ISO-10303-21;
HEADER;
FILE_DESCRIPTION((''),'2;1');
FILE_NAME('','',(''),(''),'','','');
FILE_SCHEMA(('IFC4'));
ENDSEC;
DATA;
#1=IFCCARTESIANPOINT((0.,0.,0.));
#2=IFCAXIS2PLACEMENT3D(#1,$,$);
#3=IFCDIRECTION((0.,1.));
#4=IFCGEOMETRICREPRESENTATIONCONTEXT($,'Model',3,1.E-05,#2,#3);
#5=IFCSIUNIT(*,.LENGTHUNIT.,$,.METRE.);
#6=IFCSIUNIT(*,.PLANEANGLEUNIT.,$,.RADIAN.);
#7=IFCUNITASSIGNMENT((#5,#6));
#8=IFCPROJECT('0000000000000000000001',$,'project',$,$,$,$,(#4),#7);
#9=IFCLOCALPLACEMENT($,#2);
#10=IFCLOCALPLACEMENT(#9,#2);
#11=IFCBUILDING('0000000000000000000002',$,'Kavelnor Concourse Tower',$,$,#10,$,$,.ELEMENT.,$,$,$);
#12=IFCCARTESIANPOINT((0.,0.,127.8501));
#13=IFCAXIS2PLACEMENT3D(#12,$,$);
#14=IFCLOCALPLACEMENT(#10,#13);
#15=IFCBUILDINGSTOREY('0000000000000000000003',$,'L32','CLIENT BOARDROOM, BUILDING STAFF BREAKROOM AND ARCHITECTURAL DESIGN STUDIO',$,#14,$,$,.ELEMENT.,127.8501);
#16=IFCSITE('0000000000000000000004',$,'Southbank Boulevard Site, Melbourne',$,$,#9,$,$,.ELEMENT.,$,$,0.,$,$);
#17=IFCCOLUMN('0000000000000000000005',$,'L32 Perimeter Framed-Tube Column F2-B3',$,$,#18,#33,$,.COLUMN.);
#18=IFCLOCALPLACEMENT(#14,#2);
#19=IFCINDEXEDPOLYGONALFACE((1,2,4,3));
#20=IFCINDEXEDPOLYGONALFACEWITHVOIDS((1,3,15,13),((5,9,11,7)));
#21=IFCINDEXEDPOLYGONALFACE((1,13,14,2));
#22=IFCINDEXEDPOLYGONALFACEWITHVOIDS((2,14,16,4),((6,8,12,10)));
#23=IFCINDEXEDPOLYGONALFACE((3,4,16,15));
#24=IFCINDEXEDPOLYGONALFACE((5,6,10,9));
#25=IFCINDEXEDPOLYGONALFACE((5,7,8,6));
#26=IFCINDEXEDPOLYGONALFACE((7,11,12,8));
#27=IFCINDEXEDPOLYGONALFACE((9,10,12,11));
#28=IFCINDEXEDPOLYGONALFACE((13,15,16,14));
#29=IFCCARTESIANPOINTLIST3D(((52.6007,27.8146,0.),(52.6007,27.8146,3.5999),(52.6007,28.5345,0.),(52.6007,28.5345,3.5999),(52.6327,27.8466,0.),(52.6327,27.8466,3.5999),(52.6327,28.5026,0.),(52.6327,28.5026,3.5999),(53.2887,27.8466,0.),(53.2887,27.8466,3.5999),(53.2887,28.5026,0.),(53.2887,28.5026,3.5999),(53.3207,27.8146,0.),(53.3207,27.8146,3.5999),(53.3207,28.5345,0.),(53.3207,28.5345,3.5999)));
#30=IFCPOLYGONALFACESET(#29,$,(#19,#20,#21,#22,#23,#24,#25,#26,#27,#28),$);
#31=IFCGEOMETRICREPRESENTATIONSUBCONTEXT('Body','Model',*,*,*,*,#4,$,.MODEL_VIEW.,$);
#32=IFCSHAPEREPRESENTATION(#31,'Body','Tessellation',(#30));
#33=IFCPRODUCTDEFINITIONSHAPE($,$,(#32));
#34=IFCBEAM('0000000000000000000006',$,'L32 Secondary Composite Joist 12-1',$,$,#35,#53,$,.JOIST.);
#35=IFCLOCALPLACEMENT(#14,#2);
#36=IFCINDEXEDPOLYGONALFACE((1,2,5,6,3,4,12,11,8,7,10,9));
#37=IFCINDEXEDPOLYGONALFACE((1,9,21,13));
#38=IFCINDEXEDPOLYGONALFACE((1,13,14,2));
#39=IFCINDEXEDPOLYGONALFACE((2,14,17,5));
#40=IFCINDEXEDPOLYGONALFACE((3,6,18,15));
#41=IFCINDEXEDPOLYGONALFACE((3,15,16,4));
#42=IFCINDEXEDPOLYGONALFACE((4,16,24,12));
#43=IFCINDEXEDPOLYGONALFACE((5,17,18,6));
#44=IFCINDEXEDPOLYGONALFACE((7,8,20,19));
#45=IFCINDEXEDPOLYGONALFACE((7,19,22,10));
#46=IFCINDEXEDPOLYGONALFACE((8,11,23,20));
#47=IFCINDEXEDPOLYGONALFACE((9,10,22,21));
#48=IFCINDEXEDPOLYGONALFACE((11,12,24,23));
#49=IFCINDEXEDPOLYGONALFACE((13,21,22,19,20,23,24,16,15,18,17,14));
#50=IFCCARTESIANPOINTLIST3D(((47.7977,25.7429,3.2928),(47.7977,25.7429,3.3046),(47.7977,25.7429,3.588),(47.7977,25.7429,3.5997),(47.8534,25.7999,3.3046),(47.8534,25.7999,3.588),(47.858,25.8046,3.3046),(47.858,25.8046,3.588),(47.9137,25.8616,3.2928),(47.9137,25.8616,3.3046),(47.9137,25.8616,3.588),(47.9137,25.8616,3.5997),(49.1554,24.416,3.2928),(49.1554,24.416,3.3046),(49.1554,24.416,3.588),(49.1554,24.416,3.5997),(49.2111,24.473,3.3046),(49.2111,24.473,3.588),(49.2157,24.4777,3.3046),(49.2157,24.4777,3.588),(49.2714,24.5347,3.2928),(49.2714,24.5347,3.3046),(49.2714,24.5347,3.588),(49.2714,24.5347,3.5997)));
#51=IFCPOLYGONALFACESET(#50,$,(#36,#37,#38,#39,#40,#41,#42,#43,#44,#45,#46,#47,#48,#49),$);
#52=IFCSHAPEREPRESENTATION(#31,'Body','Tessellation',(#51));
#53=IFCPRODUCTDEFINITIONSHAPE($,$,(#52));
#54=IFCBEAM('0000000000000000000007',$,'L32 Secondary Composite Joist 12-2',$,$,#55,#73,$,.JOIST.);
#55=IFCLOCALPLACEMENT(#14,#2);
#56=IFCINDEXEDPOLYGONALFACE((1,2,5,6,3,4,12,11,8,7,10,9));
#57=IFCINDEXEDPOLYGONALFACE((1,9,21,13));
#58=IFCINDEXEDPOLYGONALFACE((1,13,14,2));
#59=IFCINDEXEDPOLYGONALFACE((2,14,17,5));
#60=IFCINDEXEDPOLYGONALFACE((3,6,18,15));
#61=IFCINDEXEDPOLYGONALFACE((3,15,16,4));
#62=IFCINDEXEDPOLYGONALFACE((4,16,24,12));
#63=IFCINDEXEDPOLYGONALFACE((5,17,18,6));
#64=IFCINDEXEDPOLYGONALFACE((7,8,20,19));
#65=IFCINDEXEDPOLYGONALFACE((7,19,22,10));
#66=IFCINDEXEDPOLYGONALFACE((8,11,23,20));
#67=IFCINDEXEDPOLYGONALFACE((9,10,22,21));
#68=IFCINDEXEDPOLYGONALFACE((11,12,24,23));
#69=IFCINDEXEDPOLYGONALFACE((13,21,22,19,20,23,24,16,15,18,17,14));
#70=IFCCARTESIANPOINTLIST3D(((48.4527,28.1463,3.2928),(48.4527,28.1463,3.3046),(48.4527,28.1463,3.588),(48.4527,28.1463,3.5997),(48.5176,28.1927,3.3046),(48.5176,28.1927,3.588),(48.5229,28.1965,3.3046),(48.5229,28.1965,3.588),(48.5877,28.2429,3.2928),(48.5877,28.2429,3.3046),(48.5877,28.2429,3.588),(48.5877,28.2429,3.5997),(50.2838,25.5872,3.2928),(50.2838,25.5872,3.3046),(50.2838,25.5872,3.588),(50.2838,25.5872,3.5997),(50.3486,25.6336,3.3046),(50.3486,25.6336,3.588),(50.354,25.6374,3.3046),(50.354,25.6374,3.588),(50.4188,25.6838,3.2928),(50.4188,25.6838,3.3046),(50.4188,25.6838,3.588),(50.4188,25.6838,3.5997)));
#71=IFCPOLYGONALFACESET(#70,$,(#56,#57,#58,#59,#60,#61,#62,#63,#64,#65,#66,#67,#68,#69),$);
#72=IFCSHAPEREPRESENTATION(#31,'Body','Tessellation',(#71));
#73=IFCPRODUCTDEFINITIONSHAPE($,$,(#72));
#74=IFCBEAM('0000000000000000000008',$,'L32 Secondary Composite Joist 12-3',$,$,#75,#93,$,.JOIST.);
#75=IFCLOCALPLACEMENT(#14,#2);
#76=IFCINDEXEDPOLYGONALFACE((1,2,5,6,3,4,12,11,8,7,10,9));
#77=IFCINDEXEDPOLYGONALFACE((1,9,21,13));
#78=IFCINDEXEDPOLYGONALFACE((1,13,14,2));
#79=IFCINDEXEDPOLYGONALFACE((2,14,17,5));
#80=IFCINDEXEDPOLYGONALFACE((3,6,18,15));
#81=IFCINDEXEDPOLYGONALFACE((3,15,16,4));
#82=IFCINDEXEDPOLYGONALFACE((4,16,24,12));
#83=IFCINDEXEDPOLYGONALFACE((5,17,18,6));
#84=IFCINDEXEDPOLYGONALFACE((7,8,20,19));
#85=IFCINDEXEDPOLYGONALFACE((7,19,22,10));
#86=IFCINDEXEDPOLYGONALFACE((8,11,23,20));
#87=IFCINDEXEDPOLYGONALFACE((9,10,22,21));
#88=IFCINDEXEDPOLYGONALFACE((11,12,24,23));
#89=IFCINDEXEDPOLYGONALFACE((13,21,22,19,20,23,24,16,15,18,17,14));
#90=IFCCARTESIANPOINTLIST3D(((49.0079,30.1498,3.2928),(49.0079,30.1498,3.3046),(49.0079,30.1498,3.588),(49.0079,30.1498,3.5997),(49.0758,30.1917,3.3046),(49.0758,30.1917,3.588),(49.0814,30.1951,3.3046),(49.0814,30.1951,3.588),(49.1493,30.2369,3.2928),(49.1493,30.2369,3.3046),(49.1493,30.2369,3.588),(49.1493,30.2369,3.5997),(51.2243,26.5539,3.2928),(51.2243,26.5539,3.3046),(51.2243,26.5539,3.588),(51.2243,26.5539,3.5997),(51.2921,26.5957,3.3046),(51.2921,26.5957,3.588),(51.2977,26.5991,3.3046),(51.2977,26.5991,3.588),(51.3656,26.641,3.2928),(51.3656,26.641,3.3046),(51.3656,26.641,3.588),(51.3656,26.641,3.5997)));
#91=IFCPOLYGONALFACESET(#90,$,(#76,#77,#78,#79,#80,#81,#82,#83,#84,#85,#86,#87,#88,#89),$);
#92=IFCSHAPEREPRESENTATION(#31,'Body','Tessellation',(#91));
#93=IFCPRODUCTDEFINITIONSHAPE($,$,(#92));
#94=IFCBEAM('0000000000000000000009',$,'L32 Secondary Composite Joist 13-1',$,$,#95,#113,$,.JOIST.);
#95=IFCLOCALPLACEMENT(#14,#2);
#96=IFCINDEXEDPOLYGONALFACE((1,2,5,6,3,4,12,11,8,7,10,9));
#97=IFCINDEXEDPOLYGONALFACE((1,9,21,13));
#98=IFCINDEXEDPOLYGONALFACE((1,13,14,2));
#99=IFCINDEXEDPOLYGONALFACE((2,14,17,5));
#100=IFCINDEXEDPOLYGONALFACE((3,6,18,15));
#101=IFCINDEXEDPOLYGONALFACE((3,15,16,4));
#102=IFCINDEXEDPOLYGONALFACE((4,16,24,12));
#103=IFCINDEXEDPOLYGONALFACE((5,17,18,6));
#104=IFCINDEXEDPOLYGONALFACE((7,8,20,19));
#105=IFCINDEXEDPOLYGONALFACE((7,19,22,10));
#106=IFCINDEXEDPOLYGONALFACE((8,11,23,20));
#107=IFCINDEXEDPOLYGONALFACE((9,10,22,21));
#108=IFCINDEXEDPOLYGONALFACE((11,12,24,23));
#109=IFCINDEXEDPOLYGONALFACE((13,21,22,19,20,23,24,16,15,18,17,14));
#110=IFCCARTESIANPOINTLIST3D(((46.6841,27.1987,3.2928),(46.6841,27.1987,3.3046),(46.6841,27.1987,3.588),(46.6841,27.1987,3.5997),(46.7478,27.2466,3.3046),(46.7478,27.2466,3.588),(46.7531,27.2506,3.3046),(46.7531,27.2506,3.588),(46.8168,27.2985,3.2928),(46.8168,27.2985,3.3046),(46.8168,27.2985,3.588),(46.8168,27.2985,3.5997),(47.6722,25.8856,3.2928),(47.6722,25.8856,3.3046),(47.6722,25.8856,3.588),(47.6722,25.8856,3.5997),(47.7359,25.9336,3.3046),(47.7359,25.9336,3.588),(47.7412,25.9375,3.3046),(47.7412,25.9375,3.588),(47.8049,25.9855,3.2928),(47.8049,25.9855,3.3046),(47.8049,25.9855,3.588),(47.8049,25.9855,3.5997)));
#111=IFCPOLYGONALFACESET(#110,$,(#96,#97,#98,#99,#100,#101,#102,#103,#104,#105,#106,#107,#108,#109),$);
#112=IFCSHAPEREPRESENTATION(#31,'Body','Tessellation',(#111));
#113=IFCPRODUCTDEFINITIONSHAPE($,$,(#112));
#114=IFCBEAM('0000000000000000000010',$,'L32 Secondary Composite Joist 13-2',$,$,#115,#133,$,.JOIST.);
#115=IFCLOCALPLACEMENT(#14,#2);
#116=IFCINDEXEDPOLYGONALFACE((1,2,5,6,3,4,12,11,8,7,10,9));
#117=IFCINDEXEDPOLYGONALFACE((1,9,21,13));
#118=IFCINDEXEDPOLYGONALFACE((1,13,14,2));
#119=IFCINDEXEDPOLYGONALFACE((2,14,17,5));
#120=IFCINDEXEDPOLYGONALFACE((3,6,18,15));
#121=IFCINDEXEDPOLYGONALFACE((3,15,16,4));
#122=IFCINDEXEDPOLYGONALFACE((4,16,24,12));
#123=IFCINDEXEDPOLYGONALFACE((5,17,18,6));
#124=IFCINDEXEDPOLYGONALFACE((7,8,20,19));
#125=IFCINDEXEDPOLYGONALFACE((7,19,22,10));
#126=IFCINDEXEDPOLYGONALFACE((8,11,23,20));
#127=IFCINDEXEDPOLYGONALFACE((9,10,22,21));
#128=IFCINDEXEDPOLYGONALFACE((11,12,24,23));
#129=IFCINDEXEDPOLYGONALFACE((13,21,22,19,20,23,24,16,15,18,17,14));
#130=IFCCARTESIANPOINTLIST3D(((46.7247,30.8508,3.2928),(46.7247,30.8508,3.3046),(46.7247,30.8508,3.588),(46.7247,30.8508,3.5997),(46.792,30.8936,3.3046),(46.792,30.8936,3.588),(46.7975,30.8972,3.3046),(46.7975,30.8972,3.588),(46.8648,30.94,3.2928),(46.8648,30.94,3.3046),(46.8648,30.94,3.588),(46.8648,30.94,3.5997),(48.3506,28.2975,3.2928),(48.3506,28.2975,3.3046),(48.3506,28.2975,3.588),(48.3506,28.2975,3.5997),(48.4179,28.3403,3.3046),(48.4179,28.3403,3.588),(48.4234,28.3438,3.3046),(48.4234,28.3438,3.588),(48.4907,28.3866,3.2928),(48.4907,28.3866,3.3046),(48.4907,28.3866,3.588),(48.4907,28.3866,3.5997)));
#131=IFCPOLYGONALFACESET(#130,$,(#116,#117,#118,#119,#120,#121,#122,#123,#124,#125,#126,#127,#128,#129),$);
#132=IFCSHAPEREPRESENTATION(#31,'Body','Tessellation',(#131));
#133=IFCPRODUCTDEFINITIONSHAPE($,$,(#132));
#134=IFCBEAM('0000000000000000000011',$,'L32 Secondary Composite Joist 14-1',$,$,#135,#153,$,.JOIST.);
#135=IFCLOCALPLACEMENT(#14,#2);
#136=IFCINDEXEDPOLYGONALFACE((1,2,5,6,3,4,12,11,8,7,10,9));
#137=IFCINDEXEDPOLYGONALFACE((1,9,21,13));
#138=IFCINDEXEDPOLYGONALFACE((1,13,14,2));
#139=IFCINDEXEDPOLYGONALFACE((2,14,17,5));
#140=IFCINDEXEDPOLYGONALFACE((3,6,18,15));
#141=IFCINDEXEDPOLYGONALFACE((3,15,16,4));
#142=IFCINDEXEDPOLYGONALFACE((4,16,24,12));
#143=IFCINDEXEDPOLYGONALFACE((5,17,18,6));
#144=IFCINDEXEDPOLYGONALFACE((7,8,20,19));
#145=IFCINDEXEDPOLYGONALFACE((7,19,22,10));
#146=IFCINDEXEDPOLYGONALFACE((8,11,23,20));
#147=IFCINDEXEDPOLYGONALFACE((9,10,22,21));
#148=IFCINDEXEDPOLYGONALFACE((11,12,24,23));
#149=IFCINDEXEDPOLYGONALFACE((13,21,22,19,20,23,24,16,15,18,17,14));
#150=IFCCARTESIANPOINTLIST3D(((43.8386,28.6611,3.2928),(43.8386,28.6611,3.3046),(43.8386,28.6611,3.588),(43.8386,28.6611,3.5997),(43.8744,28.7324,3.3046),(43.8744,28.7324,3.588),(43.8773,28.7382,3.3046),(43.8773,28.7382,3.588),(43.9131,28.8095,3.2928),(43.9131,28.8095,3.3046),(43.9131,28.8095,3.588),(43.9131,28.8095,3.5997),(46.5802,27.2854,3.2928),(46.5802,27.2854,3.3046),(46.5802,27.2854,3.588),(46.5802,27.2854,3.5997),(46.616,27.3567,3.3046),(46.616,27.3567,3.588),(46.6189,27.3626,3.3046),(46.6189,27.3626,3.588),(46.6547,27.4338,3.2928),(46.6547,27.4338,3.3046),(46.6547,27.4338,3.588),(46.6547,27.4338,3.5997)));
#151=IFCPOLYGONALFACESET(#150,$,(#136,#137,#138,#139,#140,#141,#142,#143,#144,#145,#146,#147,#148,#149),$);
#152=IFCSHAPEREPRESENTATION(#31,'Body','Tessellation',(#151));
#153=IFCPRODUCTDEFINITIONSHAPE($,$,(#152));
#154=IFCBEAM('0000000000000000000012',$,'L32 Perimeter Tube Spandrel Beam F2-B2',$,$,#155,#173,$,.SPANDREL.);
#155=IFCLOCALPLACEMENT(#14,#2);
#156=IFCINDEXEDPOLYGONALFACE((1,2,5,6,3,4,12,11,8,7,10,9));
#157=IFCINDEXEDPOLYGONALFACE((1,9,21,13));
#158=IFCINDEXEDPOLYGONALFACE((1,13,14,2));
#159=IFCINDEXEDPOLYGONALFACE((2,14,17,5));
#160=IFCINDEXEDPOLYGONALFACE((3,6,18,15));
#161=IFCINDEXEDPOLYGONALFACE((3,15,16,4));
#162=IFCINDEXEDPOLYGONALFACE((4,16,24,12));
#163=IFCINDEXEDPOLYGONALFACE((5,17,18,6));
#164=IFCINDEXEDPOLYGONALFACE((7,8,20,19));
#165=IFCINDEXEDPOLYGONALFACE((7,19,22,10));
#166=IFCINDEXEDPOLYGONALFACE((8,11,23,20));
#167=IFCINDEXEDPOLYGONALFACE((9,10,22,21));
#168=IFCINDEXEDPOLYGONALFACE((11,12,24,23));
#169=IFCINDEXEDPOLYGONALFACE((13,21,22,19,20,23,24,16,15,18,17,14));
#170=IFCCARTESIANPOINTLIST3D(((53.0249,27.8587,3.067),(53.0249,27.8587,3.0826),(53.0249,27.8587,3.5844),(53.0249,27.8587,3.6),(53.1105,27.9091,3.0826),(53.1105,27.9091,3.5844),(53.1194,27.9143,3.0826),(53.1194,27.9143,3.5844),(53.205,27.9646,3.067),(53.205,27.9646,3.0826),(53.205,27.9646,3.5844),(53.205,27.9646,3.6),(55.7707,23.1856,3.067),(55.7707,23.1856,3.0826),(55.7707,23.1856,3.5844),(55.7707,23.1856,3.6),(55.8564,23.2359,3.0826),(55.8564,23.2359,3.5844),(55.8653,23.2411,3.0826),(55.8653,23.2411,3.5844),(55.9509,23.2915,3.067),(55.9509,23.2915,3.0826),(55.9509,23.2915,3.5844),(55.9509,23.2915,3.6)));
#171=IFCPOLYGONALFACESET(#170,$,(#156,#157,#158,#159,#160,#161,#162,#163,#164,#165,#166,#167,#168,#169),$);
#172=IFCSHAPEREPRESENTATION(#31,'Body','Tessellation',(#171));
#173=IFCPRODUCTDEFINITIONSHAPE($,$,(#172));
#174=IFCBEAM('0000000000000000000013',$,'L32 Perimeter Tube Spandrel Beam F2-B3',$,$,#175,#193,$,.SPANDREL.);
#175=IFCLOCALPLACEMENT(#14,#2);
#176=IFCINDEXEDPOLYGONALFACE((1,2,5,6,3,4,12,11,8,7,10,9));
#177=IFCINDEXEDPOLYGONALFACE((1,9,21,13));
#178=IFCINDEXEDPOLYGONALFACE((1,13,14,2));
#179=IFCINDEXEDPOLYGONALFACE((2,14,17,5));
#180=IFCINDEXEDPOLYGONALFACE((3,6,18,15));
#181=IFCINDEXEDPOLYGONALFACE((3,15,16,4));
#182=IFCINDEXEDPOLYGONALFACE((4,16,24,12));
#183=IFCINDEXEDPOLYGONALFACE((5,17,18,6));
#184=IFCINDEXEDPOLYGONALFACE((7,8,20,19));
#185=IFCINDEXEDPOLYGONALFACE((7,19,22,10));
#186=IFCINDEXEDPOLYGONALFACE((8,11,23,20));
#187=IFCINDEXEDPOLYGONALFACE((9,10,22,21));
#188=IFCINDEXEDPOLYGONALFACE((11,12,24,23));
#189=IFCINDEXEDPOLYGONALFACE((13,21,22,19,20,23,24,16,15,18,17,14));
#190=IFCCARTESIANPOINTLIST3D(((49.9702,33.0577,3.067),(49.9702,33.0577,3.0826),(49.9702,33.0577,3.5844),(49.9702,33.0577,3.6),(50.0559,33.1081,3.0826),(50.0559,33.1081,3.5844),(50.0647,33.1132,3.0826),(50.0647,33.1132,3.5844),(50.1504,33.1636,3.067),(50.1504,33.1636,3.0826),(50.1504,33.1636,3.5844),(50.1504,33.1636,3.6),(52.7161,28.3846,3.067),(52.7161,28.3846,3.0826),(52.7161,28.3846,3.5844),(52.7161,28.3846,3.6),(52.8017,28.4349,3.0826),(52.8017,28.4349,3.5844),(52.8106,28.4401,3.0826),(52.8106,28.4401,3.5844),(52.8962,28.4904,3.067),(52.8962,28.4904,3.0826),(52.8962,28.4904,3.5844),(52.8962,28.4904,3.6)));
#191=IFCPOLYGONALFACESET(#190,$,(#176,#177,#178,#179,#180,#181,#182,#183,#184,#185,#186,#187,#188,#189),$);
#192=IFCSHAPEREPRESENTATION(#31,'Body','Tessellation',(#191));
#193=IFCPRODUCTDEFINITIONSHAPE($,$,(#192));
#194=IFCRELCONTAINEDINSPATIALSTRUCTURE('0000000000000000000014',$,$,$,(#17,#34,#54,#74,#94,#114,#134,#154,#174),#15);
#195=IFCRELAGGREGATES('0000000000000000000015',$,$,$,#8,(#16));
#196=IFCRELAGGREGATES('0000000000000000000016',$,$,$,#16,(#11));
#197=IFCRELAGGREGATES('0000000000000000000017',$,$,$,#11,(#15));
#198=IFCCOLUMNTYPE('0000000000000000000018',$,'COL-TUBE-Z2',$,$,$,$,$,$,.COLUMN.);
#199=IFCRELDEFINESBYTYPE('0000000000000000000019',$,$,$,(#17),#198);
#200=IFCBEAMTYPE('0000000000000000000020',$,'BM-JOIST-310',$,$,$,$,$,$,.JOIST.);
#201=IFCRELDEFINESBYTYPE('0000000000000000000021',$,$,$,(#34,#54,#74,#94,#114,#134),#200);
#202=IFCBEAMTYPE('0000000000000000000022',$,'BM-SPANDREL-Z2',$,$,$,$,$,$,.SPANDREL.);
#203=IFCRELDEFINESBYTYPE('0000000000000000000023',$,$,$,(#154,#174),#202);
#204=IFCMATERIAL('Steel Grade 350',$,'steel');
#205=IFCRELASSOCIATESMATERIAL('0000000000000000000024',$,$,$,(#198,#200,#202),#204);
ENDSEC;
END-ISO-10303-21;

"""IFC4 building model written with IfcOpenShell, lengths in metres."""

from ifc_helpers import new_model, si_unit, direction, frame, origin, origin_2d, place, context, subcontext, project, spatial, hollow_rectangle, i_section, extrude, material, material_profile, profile_set, type_object, element, save


model = new_model("IFC4")

# Units and contexts
model_context = context("Model", 3, precision=1e-05, world=origin(), true_north=direction((0.0, 1.0)))
body_context = subcontext(model_context, "Body", "Model", "MODEL_VIEW")
ifc_project = project(units=[si_unit("LENGTHUNIT", "METRE"), si_unit("PLANEANGLEUNIT", "RADIAN")], contexts=[model_context])

# Site, building, storey
site_placement = place(None, origin())
site = spatial("IfcSite", under=ifc_project, at=site_placement, Name="Southbank Boulevard Site, Melbourne", CompositionType="ELEMENT", RefElevation=0.0)
building_placement = place(site_placement, origin())
building = spatial("IfcBuilding", under=site, at=building_placement, Name="Kavelnor Concourse Tower", CompositionType="ELEMENT")
storey_placement = place(building_placement, frame((0.0, 0.0, 127.8501)))
storey = spatial("IfcBuildingStorey", under=building, at=storey_placement, Name="L32", Description="CLIENT BOARDROOM, BUILDING STAFF BREAKROOM AND ARCHITECTURAL DESIGN STUDIO", CompositionType="ELEMENT", Elevation=127.8501)

# Column
ifc_material_1 = material(Name="Steel Grade 350", Category="steel")
ifc_material_profile_1 = material_profile(ifc_material_1, hollow_rectangle(XDim=0.72, YDim=0.72, WallThickness=0.032, at=origin_2d()), Name="SHS 720x720x32")
ifc_profile_set_1 = profile_set([ifc_material_profile_1], Name="Steel Grade 350")
column_type = type_object("IfcColumnType", Name="COL-TUBE-Z2", PredefinedType="COLUMN", material=ifc_profile_set_1)
column_placement = place(storey_placement, frame((52.9607, 28.1746, 0.0), z_axis=(0.0, 0.0, 1.0), x_axis=(1.0, 0.0, 0.0)))
element("IfcColumn", 1, at=column_placement, inside=storey, type_object=column_type, Name="L32 Perimeter Framed-Tube Column F2-B3", PredefinedType="COLUMN", context=body_context, shape_type="SweptSolid", body=[
    extrude(hollow_rectangle(XDim=0.72, YDim=0.72, WallThickness=0.032, at=origin_2d()), origin(), (0.0, 0.0, 1.0), 3.5999),
])

# Beams
ifc_material_profile_2 = material_profile(ifc_material_1, i_section(OverallWidth=0.166, OverallDepth=0.3069, WebThickness=0.0066, FlangeThickness=0.0117, at=origin_2d()), Name="310UB46")
ifc_profile_set_2 = profile_set([ifc_material_profile_2], Name="Steel Grade 350")
beam_type_1 = type_object("IfcBeamType", Name="BM-JOIST-310", PredefinedType="JOIST", material=ifc_profile_set_2)
beam_1_placement = place(storey_placement, frame((49.2134, 24.4753, 3.4463), z_axis=(-0.715162, 0.698958, 0.0), x_axis=(-0.698958, -0.715162, 0.0)))
element("IfcBeam", 2, at=beam_1_placement, inside=storey, type_object=beam_type_1, Name="L32 Secondary Composite Joist 12-1", PredefinedType="JOIST", context=body_context, shape_type="SweptSolid", body=[
    extrude(i_section(OverallWidth=0.166, OverallDepth=0.3069, WebThickness=0.0066, FlangeThickness=0.0117, at=origin_2d()), origin(), (0.0, 0.0, 1.0), 1.8984),
])
beam_2_placement = place(storey_placement, frame((50.3513, 25.6355, 3.4463), z_axis=(-0.581899, 0.813261, 0.0), x_axis=(-0.813261, -0.581899, 0.0)))
element("IfcBeam", 3, at=beam_2_placement, inside=storey, type_object=beam_type_1, Name="L32 Secondary Composite Joist 12-2", PredefinedType="JOIST", context=body_context, shape_type="SweptSolid", body=[
    extrude(i_section(OverallWidth=0.166, OverallDepth=0.3069, WebThickness=0.0066, FlangeThickness=0.0117, at=origin_2d()), origin(), (0.0, 0.0, 1.0), 3.1467),
])
beam_3_placement = place(storey_placement, frame((51.2949, 26.5974, 3.4463), z_axis=(-0.524684, 0.851297, 0.0), x_axis=(-0.851297, -0.524684, 0.0)))
element("IfcBeam", 4, at=beam_3_placement, inside=storey, type_object=beam_type_1, Name="L32 Secondary Composite Joist 12-3", PredefinedType="JOIST", context=body_context, shape_type="SweptSolid", body=[
    extrude(i_section(OverallWidth=0.166, OverallDepth=0.3069, WebThickness=0.0066, FlangeThickness=0.0117, at=origin_2d()), origin(), (0.0, 0.0, 1.0), 4.2241),
])
beam_4_placement = place(storey_placement, frame((47.7385, 25.9355, 3.4463), z_axis=(-0.601283, 0.799036, 0.0), x_axis=(-0.799036, -0.601283, 0.0)))
element("IfcBeam", 5, at=beam_4_placement, inside=storey, type_object=beam_type_1, Name="L32 Secondary Composite Joist 13-1", PredefinedType="JOIST", context=body_context, shape_type="SweptSolid", body=[
    extrude(i_section(OverallWidth=0.166, OverallDepth=0.3069, WebThickness=0.0066, FlangeThickness=0.0117, at=origin_2d()), origin(), (0.0, 0.0, 1.0), 1.6433),
])
beam_5_placement = place(storey_placement, frame((48.4207, 28.342, 3.4463), z_axis=(-0.537121, 0.843505, 0.0), x_axis=(-0.843505, -0.537121, 0.0)))
element("IfcBeam", 6, at=beam_5_placement, inside=storey, type_object=beam_type_1, Name="L32 Secondary Composite Joist 13-2", PredefinedType="JOIST", context=body_context, shape_type="SweptSolid", body=[
    extrude(i_section(OverallWidth=0.166, OverallDepth=0.3069, WebThickness=0.0066, FlangeThickness=0.0117, at=origin_2d()), origin(), (0.0, 0.0, 1.0), 3.0271),
])
beam_6_placement = place(storey_placement, frame((46.6174, 27.3596, 3.4463), z_axis=(-0.89379, 0.448487, 0.0), x_axis=(-0.448487, -0.89379, 0.0)))
element("IfcBeam", 7, at=beam_6_placement, inside=storey, type_object=beam_type_1, Name="L32 Secondary Composite Joist 14-1", PredefinedType="JOIST", context=body_context, shape_type="SweptSolid", body=[
    extrude(i_section(OverallWidth=0.166, OverallDepth=0.3069, WebThickness=0.0066, FlangeThickness=0.0117, at=origin_2d()), origin(), (0.0, 0.0, 1.0), 3.0674),
])
ifc_material_profile_3 = material_profile(ifc_material_1, i_section(OverallWidth=0.209, OverallDepth=0.533, WebThickness=0.0103, FlangeThickness=0.0156, at=origin_2d()), Name="530UB92")
ifc_profile_set_3 = profile_set([ifc_material_profile_3], Name="Steel Grade 350")
beam_type_2 = type_object("IfcBeamType", Name="BM-SPANDREL-Z2", PredefinedType="SPANDREL", material=ifc_profile_set_3)
for number, where, z_axis, x_axis, name in (
    (8, (55.8608, 23.2385, 3.3335), (-0.506605, 0.862178, 0.0), (-0.862178, -0.506605, 0.0), "L32 Perimeter Tube Spandrel Beam F2-B2"),
    (9, (52.8062, 28.4375, 3.3335), (-0.506605, 0.862178, 0.0), (-0.862178, -0.506605, 0.0), "L32 Perimeter Tube Spandrel Beam F2-B3"),
):
    element("IfcBeam", number, at=place(storey_placement, frame(where, z_axis=z_axis, x_axis=x_axis)), inside=storey, type_object=beam_type_2, Name=name, PredefinedType="SPANDREL", context=body_context, shape_type="SweptSolid", body=[
        extrude(i_section(OverallWidth=0.209, OverallDepth=0.533, WebThickness=0.0103, FlangeThickness=0.0156, at=origin_2d()), origin(), (0.0, 0.0, 1.0), 5.4202),
    ])

save(model, "model.ifc")
